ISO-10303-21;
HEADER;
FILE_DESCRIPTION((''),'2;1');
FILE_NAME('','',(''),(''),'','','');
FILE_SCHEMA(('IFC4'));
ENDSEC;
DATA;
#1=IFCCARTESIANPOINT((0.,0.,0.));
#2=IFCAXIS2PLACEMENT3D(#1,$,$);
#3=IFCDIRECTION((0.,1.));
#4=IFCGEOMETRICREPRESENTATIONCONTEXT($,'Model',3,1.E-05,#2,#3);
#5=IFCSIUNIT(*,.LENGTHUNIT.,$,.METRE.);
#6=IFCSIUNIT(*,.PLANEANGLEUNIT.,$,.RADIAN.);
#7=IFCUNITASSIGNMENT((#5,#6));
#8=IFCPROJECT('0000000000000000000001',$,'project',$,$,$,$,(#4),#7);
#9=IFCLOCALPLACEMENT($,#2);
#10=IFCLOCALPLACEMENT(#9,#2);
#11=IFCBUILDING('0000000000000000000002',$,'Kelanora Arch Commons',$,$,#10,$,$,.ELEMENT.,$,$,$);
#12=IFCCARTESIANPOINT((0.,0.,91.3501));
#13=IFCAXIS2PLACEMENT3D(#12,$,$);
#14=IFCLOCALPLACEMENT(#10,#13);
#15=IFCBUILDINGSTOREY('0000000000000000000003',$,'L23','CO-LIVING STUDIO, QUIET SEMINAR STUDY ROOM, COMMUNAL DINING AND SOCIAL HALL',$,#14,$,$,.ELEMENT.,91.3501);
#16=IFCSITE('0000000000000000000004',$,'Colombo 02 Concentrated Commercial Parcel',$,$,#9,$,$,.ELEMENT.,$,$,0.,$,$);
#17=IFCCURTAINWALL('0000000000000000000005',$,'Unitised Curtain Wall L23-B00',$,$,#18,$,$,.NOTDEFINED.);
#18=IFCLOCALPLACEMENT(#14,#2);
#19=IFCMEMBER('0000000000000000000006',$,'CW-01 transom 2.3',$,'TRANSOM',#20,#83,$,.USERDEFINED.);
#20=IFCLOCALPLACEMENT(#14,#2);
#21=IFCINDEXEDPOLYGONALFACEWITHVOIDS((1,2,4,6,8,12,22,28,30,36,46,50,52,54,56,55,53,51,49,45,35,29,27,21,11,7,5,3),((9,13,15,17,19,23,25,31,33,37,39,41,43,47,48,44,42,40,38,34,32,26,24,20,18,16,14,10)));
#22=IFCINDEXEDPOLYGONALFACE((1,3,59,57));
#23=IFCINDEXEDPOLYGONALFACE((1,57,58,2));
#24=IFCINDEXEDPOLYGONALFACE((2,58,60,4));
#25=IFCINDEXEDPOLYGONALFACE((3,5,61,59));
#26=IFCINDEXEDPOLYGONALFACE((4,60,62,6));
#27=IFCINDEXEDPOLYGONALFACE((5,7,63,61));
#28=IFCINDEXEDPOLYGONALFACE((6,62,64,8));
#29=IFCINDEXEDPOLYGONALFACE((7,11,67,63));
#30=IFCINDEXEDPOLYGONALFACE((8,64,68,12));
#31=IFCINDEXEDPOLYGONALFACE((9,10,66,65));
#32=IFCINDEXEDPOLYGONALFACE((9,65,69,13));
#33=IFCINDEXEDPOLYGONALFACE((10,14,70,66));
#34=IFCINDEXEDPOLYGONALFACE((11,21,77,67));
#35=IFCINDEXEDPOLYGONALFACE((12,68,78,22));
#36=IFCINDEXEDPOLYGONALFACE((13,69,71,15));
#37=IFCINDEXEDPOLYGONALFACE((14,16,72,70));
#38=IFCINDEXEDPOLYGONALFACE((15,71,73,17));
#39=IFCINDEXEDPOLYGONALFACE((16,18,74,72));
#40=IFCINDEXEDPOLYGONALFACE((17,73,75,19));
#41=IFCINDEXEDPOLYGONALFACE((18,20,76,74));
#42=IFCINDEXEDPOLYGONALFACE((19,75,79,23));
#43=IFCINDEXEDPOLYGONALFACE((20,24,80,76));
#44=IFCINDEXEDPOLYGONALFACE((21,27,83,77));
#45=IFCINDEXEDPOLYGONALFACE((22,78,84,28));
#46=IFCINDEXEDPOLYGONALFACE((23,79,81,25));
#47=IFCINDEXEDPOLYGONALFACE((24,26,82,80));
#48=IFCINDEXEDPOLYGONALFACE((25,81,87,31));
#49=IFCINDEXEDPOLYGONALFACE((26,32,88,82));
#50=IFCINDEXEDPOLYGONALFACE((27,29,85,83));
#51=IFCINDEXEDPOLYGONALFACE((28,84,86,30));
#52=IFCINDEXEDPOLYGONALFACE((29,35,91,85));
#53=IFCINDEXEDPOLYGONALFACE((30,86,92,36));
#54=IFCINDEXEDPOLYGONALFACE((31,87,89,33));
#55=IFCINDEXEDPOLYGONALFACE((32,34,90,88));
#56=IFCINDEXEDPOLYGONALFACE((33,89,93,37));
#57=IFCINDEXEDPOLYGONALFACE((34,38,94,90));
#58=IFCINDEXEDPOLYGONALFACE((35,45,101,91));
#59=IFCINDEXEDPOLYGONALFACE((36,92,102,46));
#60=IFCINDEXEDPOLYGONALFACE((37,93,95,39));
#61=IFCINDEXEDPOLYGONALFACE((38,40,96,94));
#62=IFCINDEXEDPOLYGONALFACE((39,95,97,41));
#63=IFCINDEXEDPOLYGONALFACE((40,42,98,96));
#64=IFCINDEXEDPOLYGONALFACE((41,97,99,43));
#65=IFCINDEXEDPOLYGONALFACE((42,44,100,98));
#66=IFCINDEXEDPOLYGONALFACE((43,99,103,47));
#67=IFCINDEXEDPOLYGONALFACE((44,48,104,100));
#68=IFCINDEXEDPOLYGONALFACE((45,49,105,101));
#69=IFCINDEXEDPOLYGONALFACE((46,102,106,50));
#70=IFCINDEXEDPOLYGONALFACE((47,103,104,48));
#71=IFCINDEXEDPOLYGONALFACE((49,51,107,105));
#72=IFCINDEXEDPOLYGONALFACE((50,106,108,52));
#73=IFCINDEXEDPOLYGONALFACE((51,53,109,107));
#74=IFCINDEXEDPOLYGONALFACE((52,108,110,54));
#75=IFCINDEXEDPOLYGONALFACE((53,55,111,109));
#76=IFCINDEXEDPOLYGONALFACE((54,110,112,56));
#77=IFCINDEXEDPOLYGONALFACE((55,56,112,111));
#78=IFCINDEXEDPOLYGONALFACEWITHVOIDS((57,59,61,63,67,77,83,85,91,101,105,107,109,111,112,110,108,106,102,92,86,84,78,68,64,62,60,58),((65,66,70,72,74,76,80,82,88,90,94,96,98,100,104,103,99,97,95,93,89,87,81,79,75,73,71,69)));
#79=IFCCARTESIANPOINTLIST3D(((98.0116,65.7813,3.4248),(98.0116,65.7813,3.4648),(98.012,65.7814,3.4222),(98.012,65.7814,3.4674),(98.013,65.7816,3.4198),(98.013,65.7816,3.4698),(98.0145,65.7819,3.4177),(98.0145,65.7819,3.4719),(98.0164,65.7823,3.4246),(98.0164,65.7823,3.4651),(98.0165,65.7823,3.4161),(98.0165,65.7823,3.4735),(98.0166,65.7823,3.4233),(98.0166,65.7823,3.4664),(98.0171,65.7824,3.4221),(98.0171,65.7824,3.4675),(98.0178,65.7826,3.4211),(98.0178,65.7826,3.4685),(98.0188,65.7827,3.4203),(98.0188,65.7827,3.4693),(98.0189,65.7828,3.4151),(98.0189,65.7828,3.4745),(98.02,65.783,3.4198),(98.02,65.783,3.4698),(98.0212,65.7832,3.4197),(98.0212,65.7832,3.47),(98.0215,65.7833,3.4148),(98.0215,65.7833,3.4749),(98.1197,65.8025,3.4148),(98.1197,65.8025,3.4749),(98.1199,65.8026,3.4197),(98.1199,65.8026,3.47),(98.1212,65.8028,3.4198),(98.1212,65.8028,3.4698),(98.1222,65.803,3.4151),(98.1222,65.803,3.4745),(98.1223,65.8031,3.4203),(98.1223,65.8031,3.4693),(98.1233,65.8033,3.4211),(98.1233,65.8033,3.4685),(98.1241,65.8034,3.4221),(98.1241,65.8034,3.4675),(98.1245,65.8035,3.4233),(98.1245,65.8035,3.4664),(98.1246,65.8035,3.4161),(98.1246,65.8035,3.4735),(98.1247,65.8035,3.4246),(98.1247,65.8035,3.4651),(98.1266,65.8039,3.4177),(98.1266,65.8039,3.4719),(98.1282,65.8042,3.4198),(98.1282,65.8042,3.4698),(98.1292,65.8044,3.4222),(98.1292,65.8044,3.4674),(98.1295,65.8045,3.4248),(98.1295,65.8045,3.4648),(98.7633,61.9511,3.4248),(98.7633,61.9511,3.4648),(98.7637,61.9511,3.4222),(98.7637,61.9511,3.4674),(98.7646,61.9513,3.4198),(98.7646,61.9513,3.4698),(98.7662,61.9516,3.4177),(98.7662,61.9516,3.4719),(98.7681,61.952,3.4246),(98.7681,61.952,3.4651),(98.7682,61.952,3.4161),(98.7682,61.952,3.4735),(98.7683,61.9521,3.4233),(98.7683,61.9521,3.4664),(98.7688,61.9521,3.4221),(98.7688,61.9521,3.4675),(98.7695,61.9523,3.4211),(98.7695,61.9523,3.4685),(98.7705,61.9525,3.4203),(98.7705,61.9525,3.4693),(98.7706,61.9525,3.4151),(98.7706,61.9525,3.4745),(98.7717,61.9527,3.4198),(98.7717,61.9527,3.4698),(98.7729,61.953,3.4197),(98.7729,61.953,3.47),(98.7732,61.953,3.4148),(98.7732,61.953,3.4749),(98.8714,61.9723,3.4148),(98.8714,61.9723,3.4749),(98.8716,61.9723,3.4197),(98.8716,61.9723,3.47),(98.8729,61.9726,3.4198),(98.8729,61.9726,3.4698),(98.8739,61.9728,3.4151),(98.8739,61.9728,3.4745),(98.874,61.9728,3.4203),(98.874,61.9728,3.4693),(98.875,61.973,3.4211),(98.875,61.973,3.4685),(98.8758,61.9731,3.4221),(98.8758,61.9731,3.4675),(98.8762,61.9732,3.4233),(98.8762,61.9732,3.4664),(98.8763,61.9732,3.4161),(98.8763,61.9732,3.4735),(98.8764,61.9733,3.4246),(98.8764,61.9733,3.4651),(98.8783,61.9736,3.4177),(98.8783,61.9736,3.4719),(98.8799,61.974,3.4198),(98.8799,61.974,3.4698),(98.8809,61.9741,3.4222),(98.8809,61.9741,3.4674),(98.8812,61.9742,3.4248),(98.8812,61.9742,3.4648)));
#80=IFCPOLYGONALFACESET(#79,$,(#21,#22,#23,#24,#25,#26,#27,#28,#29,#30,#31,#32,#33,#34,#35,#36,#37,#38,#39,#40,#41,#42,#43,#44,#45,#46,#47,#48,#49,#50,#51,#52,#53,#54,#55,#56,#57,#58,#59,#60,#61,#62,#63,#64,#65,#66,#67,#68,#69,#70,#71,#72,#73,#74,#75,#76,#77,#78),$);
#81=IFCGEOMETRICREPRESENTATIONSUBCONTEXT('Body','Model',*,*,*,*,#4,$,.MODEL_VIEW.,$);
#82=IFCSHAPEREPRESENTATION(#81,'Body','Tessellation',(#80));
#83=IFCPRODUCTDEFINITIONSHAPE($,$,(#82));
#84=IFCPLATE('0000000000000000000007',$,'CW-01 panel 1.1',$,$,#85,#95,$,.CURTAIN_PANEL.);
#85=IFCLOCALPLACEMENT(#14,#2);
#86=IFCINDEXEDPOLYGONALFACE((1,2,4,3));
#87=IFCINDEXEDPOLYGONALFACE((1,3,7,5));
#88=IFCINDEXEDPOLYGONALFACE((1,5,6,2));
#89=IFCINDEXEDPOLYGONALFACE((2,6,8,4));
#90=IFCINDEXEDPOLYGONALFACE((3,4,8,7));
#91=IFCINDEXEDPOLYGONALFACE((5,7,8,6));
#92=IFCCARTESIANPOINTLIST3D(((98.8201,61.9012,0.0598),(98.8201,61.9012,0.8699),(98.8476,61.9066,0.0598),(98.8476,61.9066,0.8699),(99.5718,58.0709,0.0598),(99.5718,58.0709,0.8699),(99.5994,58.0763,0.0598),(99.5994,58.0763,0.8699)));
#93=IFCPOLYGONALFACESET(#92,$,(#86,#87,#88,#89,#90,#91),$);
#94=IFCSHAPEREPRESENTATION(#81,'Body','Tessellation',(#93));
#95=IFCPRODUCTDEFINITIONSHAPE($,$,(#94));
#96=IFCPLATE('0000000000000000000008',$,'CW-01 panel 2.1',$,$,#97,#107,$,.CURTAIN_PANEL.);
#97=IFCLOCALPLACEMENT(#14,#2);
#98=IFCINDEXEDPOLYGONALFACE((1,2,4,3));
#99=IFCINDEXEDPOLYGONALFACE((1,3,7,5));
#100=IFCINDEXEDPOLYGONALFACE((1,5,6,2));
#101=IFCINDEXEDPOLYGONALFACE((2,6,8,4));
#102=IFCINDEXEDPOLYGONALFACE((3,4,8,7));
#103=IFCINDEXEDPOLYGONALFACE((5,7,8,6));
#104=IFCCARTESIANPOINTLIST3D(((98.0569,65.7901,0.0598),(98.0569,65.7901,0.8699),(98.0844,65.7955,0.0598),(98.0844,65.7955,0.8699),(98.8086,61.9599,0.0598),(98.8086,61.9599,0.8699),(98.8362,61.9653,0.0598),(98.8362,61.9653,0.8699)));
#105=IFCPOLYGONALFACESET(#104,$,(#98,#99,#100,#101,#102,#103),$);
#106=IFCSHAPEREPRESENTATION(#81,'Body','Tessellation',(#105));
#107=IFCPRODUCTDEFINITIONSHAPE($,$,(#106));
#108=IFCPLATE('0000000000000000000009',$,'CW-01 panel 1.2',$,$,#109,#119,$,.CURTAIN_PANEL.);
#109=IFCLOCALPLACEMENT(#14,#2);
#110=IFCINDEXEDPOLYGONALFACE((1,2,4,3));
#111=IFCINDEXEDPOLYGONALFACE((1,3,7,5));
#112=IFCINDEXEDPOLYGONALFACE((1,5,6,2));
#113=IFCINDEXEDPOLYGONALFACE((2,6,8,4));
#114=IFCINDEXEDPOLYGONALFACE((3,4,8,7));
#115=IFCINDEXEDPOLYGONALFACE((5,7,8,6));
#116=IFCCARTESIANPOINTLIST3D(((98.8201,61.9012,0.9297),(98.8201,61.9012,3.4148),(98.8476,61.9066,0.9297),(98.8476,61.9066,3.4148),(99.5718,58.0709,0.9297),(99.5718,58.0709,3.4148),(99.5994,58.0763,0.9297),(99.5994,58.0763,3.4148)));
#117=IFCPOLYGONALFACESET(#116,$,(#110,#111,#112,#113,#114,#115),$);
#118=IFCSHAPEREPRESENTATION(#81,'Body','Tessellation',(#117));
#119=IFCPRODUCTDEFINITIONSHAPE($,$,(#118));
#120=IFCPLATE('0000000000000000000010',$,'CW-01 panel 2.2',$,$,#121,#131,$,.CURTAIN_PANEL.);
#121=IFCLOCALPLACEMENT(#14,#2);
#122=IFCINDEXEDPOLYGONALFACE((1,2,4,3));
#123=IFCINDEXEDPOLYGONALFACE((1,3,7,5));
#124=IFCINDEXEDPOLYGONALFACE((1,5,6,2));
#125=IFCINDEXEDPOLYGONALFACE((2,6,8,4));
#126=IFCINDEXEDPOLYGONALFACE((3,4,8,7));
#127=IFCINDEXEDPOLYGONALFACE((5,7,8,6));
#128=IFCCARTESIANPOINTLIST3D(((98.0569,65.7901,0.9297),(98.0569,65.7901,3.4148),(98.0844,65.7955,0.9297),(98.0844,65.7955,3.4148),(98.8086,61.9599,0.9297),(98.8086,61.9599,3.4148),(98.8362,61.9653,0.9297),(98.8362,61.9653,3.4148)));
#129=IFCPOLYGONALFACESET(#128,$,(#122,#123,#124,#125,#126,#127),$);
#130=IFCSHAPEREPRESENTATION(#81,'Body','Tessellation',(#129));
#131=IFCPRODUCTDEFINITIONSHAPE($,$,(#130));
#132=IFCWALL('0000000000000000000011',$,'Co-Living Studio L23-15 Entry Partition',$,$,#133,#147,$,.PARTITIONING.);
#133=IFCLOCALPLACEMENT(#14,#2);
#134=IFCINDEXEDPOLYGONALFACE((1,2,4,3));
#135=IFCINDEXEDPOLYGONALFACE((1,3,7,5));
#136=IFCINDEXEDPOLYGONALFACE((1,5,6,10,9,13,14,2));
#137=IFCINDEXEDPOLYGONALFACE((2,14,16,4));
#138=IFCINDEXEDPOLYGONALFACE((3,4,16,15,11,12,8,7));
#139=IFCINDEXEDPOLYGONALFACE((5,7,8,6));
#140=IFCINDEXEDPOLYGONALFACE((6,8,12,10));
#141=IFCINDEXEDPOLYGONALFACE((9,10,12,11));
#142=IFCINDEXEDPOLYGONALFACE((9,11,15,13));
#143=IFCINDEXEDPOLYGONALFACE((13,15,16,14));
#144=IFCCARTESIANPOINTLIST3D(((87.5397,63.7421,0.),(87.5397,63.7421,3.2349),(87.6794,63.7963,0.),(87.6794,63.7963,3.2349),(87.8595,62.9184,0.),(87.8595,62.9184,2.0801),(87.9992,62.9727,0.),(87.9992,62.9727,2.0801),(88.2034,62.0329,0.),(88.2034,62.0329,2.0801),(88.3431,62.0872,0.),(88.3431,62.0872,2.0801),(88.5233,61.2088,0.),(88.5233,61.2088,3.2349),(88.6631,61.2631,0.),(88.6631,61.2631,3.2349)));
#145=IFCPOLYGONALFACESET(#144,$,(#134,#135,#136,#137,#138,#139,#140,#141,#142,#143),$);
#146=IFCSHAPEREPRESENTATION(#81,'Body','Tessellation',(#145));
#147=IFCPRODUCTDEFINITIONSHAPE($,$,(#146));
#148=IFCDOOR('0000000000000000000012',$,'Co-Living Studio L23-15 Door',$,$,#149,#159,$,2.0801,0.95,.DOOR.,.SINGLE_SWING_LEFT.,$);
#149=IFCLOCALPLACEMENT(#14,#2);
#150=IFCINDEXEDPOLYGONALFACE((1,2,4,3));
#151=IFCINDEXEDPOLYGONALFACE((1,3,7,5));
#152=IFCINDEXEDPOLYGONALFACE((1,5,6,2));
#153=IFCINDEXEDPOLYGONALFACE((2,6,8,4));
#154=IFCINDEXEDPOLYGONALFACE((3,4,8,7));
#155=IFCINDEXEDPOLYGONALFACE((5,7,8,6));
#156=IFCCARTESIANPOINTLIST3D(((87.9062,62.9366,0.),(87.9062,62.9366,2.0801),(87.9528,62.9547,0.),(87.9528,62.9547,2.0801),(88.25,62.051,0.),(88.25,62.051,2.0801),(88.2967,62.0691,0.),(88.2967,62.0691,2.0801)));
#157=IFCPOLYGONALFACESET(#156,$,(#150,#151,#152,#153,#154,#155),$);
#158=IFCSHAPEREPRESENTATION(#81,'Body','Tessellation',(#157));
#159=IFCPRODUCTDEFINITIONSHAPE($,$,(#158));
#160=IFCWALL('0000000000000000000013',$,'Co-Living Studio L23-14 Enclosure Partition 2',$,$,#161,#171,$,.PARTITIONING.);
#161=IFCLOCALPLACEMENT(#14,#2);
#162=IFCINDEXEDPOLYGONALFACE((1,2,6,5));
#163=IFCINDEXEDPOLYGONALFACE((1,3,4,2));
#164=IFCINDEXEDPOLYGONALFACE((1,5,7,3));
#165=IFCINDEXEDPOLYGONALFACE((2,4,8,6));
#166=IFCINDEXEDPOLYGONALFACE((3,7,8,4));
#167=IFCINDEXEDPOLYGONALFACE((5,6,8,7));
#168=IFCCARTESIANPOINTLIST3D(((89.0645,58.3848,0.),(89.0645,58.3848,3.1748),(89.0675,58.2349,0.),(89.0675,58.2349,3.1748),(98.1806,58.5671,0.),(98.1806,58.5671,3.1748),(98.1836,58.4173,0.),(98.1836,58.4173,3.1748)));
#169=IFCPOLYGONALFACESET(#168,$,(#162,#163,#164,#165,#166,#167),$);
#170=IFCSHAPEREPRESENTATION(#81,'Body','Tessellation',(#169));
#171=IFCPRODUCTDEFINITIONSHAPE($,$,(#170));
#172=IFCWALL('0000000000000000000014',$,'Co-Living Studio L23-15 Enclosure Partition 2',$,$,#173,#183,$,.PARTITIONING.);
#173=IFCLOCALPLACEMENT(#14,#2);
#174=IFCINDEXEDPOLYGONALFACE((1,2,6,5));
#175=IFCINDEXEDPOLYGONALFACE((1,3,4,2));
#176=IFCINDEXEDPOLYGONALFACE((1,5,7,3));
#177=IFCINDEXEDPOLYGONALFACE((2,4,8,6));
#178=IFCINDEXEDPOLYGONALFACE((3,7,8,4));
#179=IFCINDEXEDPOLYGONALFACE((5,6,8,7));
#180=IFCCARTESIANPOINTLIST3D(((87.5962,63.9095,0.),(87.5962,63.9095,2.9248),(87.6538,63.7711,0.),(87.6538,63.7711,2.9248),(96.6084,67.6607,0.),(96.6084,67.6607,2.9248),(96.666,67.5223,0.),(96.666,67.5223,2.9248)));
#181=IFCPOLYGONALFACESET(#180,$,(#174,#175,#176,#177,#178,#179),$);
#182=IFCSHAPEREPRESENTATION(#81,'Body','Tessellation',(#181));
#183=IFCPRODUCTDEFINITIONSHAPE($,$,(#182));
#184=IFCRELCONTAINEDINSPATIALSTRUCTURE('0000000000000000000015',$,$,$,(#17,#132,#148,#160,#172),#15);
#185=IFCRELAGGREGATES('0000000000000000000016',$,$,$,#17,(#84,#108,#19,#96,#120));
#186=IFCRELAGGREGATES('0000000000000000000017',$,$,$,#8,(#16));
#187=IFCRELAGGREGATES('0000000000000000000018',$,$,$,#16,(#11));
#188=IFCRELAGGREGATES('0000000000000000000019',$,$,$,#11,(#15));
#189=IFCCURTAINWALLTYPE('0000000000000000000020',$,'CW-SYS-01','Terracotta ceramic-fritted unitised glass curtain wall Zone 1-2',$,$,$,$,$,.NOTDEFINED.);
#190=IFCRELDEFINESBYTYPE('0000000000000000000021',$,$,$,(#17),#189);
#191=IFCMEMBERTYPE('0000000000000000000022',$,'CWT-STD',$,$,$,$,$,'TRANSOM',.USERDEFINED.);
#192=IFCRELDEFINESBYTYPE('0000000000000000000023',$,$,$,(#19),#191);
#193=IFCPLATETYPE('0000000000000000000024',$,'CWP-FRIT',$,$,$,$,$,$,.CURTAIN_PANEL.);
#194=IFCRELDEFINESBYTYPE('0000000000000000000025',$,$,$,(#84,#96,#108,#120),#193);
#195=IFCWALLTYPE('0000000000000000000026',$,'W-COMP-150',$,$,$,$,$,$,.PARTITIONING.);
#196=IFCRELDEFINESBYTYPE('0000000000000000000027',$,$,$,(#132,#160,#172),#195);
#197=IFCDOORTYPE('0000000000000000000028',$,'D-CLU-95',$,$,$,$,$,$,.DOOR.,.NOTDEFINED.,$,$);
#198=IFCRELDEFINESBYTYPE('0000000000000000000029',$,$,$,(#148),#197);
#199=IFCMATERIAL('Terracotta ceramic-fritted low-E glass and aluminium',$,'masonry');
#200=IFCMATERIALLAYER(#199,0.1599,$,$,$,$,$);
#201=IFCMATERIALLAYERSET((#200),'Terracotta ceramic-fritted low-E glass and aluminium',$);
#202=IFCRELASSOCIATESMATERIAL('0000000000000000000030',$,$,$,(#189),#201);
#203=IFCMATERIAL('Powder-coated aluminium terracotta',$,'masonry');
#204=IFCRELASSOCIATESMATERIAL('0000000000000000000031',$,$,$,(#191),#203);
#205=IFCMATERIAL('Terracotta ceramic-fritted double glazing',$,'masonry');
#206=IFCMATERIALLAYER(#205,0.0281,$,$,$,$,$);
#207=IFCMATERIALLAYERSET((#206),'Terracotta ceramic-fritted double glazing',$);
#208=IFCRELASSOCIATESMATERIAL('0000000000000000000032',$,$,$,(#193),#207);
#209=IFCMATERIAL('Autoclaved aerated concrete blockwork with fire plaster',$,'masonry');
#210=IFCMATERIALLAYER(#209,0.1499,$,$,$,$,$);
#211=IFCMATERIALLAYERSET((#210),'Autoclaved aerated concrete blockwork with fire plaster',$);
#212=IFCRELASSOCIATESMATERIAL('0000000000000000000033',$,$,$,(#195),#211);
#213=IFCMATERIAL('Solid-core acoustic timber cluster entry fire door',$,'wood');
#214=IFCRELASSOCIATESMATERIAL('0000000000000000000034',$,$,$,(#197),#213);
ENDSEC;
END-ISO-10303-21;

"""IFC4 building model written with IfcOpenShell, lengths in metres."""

from ifc_helpers import new_model, si_unit, direction, frame, frame_2d, origin, origin_2d, place, context, subcontext, project, spatial, rectangle, hollow_rectangle, extrude, source, transform, mapped, material, layer, layer_set, material_profile, profile_set, type_object, element, fill, aggregate, save


model = new_model("IFC4")

# Units and contexts
model_context = context("Model", 3, precision=1e-05, world=origin(), true_north=direction((0.0, 1.0)))
body_context = subcontext(model_context, "Body", "Model", "MODEL_VIEW")
ifc_project = project(units=[si_unit("LENGTHUNIT", "METRE"), si_unit("PLANEANGLEUNIT", "RADIAN")], contexts=[model_context])

# Site, building, storey
site_placement = place(None, origin())
site = spatial("IfcSite", under=ifc_project, at=site_placement, Name="Colombo 02 Concentrated Commercial Parcel", CompositionType="ELEMENT", RefElevation=0.0)
building_placement = place(site_placement, origin())
building = spatial("IfcBuilding", under=site, at=building_placement, Name="Kelanora Arch Commons", CompositionType="ELEMENT")
storey_placement = place(building_placement, frame((0.0, 0.0, 91.3501)))
storey = spatial("IfcBuildingStorey", under=building, at=storey_placement, Name="L23", Description="CO-LIVING STUDIO, QUIET SEMINAR STUDY ROOM, COMMUNAL DINING AND SOCIAL HALL", CompositionType="ELEMENT", Elevation=91.3501)

# Curtain wall, member, plates
ifc_material_1 = material(Name="Terracotta ceramic-fritted low-E glass and aluminium", Category="masonry")
ifc_layer_1 = layer(ifc_material_1, 0.1599)
ifc_layer_set_1 = layer_set([ifc_layer_1], Name="Terracotta ceramic-fritted low-E glass and aluminium")
curtain_wall_type = type_object("IfcCurtainWallType", Name="CW-SYS-01", Description="Terracotta ceramic-fritted unitised glass curtain wall Zone 1-2", PredefinedType="NOTDEFINED", material=ifc_layer_set_1)
curtain_wall_placement = place(storey_placement, origin())
curtain_wall = element("IfcCurtainWall", 1, at=curtain_wall_placement, inside=storey, type_object=curtain_wall_type, Name="Unitised Curtain Wall L23-B00", PredefinedType="NOTDEFINED")
ifc_material_2 = material(Name="Powder-coated aluminium terracotta", Category="masonry")
ifc_material_profile_1 = material_profile(ifc_material_2, hollow_rectangle(XDim=0.1201, YDim=0.0601, WallThickness=0.0049, InnerFilletRadius=0.0049, OuterFilletRadius=0.01, at=origin_2d()), Name="CWT120x60")
ifc_profile_set_1 = profile_set([ifc_material_profile_1], Name="Powder-coated aluminium terracotta")
member_type_1 = type_object("IfcMemberType", Name="CWT-STD", ElementType="TRANSOM", PredefinedType="USERDEFINED", material=ifc_profile_set_1)
member_1_placement = place(storey_placement, frame((98.8223, 61.9626, 3.4448), z_axis=(-0.192579, 0.981282, 0.0), x_axis=(-0.981282, -0.192579, 0.0)))
member_1 = element("IfcMember", 2, at=member_1_placement, type_object=member_type_1, Name="CW-01 transom 2.3", ObjectType="TRANSOM", PredefinedType="USERDEFINED", context=body_context, shape_type="SweptSolid", body=[
    extrude(hollow_rectangle(XDim=0.1201, YDim=0.0601, WallThickness=0.0049, InnerFilletRadius=0.0049, OuterFilletRadius=0.01, at=origin_2d()), origin(), (0.0, 0.0, 1.0), 3.9033),
])
ifc_material_3 = material(Name="Terracotta ceramic-fritted double glazing", Category="masonry")
ifc_layer_2 = layer(ifc_material_3, 0.0281)
ifc_layer_set_2 = layer_set([ifc_layer_2], Name="Terracotta ceramic-fritted double glazing")
plate_type = type_object("IfcPlateType", Name="CWP-FRIT", PredefinedType="CURTAIN_PANEL", material=ifc_layer_set_2)
shared_shape_1 = source(origin(), body_context, "Body", "SweptSolid", [
    extrude(rectangle(XDim=3.9033, YDim=0.0281, at=origin_2d()), origin(), (0.0, 0.0, 1.0), 0.8101),
])
plate_1_placement = place(storey_placement, frame((99.2097, 59.9888, 0.0598), z_axis=(0.0, 0.0, 1.0), x_axis=(-0.192585, 0.98128, 0.0)))
plate_1 = element("IfcPlate", 3, at=plate_1_placement, type_object=plate_type, Name="CW-01 panel 1.1", PredefinedType="CURTAIN_PANEL", context=body_context, shape_type="MappedRepresentation", body=[
    mapped(shared_shape_1, transform((0.0, 0.0, 0.0), scale=1.0)),
])
plate_2_placement = place(storey_placement, frame((98.4465, 63.8777, 0.0598), z_axis=(0.0, 0.0, 1.0), x_axis=(-0.192585, 0.98128, 0.0)))
plate_2 = element("IfcPlate", 4, at=plate_2_placement, type_object=plate_type, Name="CW-01 panel 2.1", PredefinedType="CURTAIN_PANEL", context=body_context, shape_type="MappedRepresentation", body=[
    mapped(shared_shape_1, transform((0.0, 0.0, 0.0), scale=1.0)),
])
shared_shape_2 = source(origin(), body_context, "Body", "SweptSolid", [
    extrude(rectangle(XDim=3.9033, YDim=0.0281, at=origin_2d()), origin(), (0.0, 0.0, 1.0), 2.4851),
])
plate_3_placement = place(storey_placement, frame((99.2097, 59.9888, 0.9297), z_axis=(0.0, 0.0, 1.0), x_axis=(-0.192585, 0.98128, 0.0)))
plate_3 = element("IfcPlate", 5, at=plate_3_placement, type_object=plate_type, Name="CW-01 panel 1.2", PredefinedType="CURTAIN_PANEL", context=body_context, shape_type="MappedRepresentation", body=[
    mapped(shared_shape_2, transform((0.0, 0.0, 0.0), scale=1.0)),
])
plate_4_placement = place(storey_placement, frame((98.4465, 63.8777, 0.9297), z_axis=(0.0, 0.0, 1.0), x_axis=(-0.192585, 0.98128, 0.0)))
plate_4 = element("IfcPlate", 6, at=plate_4_placement, type_object=plate_type, Name="CW-01 panel 2.2", PredefinedType="CURTAIN_PANEL", context=body_context, shape_type="MappedRepresentation", body=[
    mapped(shared_shape_2, transform((0.0, 0.0, 0.0), scale=1.0)),
])
aggregate(curtain_wall, [plate_1, plate_3, member_1, plate_2, plate_4])

# Wall, opening, door
ifc_material_4 = material(Name="Autoclaved aerated concrete blockwork with fire plaster", Category="masonry")
ifc_layer_3 = layer(ifc_material_4, 0.1499)
ifc_layer_set_3 = layer_set([ifc_layer_3], Name="Autoclaved aerated concrete blockwork with fire plaster")
wall_type_1 = type_object("IfcWallType", Name="W-COMP-150", PredefinedType="PARTITIONING", material=ifc_layer_set_3)
wall_1_placement = place(storey_placement, frame((88.5933, 61.2358, 0.0), z_axis=(0.0, 0.0, 1.0), x_axis=(-0.361969, 0.93219, 0.0)))
wall_1 = element("IfcWall", 7, at=wall_1_placement, inside=storey, type_object=wall_type_1, Name="Co-Living Studio L23-15 Entry Partition", PredefinedType="PARTITIONING", context=body_context, shape_type="SweptSolid", body=[
    extrude(rectangle(XDim=2.7175, YDim=0.1499, at=frame_2d((1.3589, 0.0))), origin(), (0.0, 0.0, 1.0), 3.2349),
])
opening_1_placement = place(wall_1_placement, frame((0.884, 0.0, 0.0)))
opening_1 = element("IfcOpeningElement", 8, at=opening_1_placement, cuts=wall_1, PredefinedType="OPENING", context=body_context, shape_type="SweptSolid", body=[
    extrude(rectangle(XDim=0.95, YDim=2.0801, at=frame_2d((0.4751, 1.04))), frame((0.0, 0.085, 0.0), z_axis=(0.0, -1.0, 0.0), x_axis=(1.0, 0.0, 0.0)), (0.0, 0.0, 1.0), 0.1699),
])
ifc_material_5 = material(Name="Solid-core acoustic timber cluster entry fire door", Category="wood")
door_type_1 = type_object("IfcDoorType", Name="D-CLU-95", OperationType="NOTDEFINED", PredefinedType="DOOR", material=ifc_material_5)
door_1_placement = place(opening_1_placement, origin())
door_1 = element("IfcDoor", 9, at=door_1_placement, inside=storey, type_object=door_type_1, Name="Co-Living Studio L23-15 Door", OperationType="SINGLE_SWING_LEFT", OverallHeight=2.0801, OverallWidth=0.95, PredefinedType="DOOR", context=body_context, shape_type="SweptSolid", body=[
    extrude(rectangle(XDim=0.95, YDim=2.0801, at=frame_2d((0.4751, 1.04))), frame((0.0, 0.0249, 0.0), z_axis=(0.0, -1.0, 0.0), x_axis=(1.0, 0.0, 0.0)), (0.0, 0.0, 1.0), 0.05),
])
fill(opening_1, door_1)

# Walls
wall_2_placement = place(storey_placement, frame((89.0659, 58.3098, 0.0), z_axis=(0.0, 0.0, 1.0), x_axis=(0.9998, 0.020001, 0.0)))
element("IfcWall", 10, at=wall_2_placement, inside=storey, type_object=wall_type_1, Name="Co-Living Studio L23-14 Enclosure Partition 2", PredefinedType="PARTITIONING", context=body_context, shape_type="SweptSolid", body=[
    extrude(rectangle(XDim=9.1179, YDim=0.1499, at=frame_2d((4.5591, 0.0))), origin(), (0.0, 0.0, 1.0), 3.1748),
])
wall_3_placement = place(storey_placement, frame((87.625, 63.8403, 0.0), z_axis=(0.0, 0.0, 1.0), x_axis=(0.923217, 0.384278, 0.0)))
element("IfcWall", 11, at=wall_3_placement, inside=storey, type_object=wall_type_1, Name="Co-Living Studio L23-15 Enclosure Partition 2", PredefinedType="PARTITIONING", context=body_context, shape_type="SweptSolid", body=[
    extrude(rectangle(XDim=9.7617, YDim=0.1499, at=frame_2d((4.8809, 0.0))), origin(), (0.0, 0.0, 1.0), 2.9248),
])

save(model, "model.ifc")
